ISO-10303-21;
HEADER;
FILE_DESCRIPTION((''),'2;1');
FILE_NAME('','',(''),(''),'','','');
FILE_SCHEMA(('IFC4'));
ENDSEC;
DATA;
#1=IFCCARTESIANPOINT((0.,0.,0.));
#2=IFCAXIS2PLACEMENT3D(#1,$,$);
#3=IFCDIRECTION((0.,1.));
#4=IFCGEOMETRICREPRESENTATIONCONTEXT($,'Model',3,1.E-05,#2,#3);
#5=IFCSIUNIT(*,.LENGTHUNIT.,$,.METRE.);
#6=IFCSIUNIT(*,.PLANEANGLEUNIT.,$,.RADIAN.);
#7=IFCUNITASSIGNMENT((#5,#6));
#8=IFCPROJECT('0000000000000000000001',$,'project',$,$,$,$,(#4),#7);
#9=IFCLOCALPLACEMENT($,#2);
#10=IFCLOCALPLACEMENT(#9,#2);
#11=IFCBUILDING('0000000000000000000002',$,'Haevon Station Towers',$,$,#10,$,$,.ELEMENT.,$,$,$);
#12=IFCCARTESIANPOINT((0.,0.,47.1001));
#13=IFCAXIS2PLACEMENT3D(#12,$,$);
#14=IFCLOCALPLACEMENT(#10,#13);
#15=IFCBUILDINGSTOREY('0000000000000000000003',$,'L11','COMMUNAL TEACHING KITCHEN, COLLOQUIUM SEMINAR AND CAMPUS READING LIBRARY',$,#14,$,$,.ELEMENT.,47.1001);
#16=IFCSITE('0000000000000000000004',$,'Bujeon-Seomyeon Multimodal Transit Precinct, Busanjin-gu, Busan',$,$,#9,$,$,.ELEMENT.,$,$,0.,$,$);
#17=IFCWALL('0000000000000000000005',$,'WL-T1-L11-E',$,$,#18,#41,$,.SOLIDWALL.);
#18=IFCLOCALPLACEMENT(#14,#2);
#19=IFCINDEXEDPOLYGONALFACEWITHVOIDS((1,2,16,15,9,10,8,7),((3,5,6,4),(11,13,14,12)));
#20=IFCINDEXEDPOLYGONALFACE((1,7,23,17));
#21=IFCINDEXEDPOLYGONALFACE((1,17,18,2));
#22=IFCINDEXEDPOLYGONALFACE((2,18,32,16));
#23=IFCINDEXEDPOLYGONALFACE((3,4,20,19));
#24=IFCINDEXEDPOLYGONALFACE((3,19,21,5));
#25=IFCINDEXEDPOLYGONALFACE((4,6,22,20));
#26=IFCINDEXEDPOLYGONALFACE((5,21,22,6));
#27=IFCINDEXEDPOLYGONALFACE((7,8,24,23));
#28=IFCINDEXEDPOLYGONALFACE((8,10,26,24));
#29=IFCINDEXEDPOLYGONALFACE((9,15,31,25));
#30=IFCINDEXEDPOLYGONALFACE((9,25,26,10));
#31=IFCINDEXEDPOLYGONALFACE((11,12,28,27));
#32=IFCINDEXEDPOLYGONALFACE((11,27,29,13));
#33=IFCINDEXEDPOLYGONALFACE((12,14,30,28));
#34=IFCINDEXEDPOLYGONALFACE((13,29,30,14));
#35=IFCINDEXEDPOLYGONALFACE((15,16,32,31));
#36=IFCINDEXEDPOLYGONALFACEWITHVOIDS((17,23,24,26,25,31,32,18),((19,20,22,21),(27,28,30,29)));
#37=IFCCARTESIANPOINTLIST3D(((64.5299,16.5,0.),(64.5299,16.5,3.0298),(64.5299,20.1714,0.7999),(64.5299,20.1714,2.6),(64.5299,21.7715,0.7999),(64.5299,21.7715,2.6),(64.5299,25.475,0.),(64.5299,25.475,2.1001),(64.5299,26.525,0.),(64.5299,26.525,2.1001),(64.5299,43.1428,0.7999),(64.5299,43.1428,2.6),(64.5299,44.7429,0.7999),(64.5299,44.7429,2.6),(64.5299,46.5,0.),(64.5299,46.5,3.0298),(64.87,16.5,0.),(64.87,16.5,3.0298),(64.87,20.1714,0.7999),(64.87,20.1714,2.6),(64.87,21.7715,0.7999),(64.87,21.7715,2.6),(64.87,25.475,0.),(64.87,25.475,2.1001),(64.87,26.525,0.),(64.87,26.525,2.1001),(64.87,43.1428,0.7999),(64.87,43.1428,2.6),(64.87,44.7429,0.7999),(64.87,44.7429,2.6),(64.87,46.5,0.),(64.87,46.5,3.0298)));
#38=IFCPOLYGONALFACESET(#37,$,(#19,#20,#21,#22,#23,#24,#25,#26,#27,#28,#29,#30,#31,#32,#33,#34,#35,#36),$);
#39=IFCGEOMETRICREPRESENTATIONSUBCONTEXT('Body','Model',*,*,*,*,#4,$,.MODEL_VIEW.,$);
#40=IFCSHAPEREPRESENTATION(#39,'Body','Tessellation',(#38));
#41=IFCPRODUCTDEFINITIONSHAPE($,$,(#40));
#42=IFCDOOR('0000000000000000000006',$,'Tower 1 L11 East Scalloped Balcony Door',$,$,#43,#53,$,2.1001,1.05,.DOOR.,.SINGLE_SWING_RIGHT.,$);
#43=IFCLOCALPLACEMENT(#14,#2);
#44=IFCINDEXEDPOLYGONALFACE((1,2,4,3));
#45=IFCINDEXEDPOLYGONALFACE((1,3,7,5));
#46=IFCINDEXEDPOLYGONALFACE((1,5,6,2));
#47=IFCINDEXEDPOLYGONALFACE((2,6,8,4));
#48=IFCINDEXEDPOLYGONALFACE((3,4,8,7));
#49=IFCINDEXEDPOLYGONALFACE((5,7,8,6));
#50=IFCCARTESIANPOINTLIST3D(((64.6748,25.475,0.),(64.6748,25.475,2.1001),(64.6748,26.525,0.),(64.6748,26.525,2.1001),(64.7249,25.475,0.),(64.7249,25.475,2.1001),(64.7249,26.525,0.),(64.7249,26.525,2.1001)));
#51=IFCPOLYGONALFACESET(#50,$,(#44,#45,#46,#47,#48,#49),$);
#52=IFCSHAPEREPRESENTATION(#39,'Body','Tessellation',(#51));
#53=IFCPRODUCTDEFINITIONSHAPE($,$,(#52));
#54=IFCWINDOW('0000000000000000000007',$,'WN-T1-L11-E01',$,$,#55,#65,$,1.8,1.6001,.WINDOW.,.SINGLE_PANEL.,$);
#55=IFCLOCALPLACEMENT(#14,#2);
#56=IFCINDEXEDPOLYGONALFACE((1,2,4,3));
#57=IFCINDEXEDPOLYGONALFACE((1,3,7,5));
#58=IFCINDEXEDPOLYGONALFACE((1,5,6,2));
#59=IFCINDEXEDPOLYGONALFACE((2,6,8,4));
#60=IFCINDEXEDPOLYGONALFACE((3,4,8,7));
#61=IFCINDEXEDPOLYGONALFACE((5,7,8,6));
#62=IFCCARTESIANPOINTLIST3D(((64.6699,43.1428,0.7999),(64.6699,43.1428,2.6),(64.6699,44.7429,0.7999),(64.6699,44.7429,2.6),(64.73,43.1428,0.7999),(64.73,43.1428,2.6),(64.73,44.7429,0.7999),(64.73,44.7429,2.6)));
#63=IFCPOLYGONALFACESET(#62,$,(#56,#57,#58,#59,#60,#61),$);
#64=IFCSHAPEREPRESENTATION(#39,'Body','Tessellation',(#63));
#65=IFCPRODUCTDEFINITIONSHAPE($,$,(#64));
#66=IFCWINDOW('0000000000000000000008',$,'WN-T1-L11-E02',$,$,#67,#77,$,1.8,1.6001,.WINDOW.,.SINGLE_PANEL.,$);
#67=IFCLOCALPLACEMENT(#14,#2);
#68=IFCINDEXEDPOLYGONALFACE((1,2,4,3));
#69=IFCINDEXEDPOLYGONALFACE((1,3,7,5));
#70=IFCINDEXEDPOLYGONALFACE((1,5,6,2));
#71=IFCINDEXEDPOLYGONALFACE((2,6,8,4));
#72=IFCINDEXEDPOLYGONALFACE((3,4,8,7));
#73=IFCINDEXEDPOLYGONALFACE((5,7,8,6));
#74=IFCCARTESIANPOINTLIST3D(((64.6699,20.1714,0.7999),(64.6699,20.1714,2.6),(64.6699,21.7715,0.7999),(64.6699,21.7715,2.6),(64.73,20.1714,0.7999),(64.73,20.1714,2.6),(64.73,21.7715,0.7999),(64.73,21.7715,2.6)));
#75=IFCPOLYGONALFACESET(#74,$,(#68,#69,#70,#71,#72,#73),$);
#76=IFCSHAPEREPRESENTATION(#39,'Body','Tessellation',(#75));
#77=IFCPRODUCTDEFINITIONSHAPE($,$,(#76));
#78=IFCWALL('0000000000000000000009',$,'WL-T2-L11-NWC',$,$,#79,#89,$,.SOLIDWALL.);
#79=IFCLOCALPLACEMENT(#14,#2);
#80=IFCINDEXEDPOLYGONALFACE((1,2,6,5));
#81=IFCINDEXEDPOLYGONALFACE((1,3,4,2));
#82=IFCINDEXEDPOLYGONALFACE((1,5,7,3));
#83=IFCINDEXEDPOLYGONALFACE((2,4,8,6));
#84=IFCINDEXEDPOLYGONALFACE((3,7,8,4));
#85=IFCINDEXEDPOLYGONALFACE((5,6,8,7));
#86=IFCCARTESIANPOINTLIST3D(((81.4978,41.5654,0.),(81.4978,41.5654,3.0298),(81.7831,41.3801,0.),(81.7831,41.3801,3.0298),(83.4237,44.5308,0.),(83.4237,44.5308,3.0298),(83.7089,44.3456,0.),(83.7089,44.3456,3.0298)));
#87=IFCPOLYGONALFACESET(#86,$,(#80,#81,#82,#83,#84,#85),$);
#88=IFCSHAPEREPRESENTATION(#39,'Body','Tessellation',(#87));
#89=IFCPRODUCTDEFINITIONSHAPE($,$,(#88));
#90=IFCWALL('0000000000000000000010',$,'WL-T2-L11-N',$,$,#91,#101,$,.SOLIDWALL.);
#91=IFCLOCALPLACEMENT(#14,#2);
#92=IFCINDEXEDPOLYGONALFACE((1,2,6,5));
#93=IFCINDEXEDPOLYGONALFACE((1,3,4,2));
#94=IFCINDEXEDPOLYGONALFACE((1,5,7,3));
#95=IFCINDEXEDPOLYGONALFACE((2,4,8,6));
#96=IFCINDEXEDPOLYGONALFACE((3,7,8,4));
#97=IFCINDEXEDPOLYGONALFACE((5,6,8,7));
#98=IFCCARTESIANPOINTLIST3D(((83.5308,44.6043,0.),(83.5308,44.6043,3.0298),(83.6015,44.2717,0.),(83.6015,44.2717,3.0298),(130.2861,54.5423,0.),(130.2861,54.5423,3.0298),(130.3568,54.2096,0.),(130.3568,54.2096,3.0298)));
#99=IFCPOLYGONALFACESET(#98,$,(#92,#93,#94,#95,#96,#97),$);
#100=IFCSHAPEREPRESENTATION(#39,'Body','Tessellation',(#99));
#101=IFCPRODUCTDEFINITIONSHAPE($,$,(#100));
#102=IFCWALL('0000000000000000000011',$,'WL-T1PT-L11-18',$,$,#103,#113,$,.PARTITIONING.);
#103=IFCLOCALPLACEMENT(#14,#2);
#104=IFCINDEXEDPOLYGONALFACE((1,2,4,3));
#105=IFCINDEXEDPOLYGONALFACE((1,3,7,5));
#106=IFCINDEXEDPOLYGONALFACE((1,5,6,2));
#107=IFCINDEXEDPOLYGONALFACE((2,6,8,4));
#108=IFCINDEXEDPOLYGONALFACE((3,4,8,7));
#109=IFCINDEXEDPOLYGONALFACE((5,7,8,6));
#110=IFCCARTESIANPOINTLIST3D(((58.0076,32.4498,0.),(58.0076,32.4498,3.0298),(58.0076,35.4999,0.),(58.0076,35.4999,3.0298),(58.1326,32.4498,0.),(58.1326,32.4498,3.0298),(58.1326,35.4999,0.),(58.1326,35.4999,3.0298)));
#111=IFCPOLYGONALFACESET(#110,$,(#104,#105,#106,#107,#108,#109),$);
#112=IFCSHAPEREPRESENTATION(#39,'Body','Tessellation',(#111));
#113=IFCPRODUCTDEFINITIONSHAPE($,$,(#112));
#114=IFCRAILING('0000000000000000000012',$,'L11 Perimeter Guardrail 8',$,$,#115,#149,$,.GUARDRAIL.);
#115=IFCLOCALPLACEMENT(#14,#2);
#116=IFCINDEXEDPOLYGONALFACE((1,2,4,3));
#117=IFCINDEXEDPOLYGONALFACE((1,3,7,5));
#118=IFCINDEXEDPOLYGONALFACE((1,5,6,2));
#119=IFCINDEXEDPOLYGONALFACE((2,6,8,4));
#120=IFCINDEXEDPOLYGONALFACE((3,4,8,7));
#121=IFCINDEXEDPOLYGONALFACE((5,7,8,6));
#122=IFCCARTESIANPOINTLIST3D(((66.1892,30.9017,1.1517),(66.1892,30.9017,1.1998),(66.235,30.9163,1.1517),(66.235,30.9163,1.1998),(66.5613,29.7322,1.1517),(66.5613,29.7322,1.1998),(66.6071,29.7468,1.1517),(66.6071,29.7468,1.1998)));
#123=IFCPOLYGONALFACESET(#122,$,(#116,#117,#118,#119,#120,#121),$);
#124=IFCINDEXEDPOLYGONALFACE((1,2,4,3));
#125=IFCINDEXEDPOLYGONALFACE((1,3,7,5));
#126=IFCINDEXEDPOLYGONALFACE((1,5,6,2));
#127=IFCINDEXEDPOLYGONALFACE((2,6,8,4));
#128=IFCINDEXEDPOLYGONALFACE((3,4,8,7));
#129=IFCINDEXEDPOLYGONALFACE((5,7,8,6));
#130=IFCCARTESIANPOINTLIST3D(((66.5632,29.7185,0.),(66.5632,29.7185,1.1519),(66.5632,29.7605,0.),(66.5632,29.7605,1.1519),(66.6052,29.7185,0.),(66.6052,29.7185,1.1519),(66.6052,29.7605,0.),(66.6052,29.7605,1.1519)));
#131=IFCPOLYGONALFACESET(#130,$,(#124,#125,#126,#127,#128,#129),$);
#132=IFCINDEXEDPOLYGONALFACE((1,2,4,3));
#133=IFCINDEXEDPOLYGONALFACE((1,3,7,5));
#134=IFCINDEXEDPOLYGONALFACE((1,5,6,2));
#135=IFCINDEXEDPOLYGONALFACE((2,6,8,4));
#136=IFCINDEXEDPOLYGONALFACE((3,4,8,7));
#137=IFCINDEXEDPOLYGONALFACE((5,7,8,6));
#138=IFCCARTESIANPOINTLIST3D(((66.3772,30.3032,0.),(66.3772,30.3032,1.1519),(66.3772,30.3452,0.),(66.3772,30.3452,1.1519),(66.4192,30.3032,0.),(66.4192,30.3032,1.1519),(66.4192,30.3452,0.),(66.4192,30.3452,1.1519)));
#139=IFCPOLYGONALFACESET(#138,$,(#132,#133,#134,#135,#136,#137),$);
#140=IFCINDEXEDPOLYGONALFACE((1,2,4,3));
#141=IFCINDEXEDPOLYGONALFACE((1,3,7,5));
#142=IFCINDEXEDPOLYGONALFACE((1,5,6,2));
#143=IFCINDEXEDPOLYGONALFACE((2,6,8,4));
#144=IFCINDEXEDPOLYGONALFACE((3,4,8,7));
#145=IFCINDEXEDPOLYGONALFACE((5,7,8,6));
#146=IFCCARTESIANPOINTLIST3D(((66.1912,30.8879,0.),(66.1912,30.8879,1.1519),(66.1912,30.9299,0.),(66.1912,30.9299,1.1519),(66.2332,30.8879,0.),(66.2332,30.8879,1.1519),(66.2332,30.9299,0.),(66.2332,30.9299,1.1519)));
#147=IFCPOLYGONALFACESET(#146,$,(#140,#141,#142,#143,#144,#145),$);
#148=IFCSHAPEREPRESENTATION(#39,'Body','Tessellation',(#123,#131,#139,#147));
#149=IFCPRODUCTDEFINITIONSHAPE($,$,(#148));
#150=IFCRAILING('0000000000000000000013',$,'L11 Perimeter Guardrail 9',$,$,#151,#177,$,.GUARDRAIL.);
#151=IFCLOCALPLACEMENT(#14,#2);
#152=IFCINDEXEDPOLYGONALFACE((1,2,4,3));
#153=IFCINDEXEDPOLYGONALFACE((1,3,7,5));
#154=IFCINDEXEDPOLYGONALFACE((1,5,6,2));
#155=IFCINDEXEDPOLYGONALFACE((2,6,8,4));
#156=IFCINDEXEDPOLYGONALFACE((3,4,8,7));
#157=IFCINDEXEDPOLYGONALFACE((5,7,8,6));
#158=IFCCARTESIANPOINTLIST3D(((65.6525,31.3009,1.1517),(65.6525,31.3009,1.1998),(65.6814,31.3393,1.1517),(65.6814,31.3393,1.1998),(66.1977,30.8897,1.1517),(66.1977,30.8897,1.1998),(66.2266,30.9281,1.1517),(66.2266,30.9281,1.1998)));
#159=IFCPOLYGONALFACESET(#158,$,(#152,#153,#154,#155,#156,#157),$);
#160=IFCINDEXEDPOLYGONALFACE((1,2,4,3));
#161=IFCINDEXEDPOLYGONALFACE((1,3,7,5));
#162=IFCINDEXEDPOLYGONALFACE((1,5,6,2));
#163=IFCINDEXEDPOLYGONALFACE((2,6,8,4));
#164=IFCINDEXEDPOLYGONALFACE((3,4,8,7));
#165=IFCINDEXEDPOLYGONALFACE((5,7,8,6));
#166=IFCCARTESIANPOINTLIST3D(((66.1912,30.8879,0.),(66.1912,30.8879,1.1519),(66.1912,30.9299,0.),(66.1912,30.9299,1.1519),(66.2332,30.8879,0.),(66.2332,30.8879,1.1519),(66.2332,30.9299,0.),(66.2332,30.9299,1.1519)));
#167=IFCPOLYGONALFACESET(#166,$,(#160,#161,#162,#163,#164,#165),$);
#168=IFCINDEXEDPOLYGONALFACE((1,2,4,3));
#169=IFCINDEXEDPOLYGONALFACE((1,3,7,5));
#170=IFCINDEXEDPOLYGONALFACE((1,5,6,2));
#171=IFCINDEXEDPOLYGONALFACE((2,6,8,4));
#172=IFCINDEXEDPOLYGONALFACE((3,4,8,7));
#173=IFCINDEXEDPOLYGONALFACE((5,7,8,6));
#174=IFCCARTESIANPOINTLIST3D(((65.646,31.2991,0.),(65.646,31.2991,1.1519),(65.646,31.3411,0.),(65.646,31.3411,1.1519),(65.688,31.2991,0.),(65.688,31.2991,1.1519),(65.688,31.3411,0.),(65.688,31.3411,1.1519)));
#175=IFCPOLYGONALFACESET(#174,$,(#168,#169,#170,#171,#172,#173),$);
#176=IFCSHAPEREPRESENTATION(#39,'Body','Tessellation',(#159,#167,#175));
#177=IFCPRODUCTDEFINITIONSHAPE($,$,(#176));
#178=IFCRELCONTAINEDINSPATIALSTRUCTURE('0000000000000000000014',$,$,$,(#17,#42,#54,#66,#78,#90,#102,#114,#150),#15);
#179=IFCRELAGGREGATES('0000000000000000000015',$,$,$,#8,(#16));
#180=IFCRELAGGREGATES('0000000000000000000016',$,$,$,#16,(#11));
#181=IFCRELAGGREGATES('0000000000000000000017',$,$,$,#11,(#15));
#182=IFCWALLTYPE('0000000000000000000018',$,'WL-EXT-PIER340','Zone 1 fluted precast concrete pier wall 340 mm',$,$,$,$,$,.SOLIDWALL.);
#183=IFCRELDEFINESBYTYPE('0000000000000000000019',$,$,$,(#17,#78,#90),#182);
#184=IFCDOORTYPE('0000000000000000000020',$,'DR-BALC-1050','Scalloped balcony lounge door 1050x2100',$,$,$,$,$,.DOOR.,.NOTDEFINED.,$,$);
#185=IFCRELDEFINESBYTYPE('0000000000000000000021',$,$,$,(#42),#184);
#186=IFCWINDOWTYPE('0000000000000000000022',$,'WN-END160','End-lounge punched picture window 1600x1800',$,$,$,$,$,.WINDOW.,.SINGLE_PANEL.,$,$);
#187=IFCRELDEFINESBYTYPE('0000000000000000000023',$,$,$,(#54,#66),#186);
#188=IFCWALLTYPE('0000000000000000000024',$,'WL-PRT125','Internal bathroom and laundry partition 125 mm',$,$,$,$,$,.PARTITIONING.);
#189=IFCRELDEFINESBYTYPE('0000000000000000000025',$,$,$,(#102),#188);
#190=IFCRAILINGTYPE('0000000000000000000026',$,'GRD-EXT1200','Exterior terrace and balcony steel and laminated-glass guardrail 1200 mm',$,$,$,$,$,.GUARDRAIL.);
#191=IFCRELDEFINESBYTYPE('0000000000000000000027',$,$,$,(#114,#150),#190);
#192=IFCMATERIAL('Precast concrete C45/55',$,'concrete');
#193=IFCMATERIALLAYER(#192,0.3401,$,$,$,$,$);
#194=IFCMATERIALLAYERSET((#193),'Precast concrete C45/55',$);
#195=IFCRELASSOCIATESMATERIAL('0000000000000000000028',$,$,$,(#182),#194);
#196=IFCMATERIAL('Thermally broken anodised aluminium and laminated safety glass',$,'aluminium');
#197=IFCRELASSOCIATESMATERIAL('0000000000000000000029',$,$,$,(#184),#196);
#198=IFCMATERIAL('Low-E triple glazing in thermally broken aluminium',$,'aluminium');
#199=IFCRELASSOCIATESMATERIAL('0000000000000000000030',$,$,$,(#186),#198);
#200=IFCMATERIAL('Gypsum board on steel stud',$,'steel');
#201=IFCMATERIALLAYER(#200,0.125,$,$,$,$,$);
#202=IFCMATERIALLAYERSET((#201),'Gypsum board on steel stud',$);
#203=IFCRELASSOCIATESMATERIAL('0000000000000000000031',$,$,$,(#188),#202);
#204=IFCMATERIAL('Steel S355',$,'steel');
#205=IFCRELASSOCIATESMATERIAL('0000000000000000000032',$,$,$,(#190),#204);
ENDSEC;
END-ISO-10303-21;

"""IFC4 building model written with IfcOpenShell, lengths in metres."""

from ifc_helpers import new_model, si_unit, direction, frame, frame_2d, origin, origin_2d, place, context, subcontext, project, spatial, rectangle, extrude, material, layer, layer_set, type_object, element, fill, save


model = new_model("IFC4")

# Units and contexts
model_context = context("Model", 3, precision=1e-05, world=origin(), true_north=direction((0.0, 1.0)))
body_context = subcontext(model_context, "Body", "Model", "MODEL_VIEW")
ifc_project = project(units=[si_unit("LENGTHUNIT", "METRE"), si_unit("PLANEANGLEUNIT", "RADIAN")], contexts=[model_context])

# Site, building, storey
site_placement = place(None, origin())
site = spatial("IfcSite", under=ifc_project, at=site_placement, Name="Bujeon-Seomyeon Multimodal Transit Precinct, Busanjin-gu, Busan", CompositionType="ELEMENT", RefElevation=0.0)
building_placement = place(site_placement, origin())
building = spatial("IfcBuilding", under=site, at=building_placement, Name="Haevon Station Towers", CompositionType="ELEMENT")
storey_placement = place(building_placement, frame((0.0, 0.0, 47.1001)))
storey = spatial("IfcBuildingStorey", under=building, at=storey_placement, Name="L11", Description="COMMUNAL TEACHING KITCHEN, COLLOQUIUM SEMINAR AND CAMPUS READING LIBRARY", CompositionType="ELEMENT", Elevation=47.1001)

# Shared definitions
ifc_material_1 = material(Name="Steel S355", Category="steel")

# Shared definitions
ifc_material_2 = material(Name="Precast concrete C45/55", Category="concrete")
ifc_layer_1 = layer(ifc_material_2, 0.3401)
ifc_layer_set_1 = layer_set([ifc_layer_1], Name="Precast concrete C45/55")
wall_type_1 = type_object("IfcWallType", Name="WL-EXT-PIER340", Description="Zone 1 fluted precast concrete pier wall 340 mm", PredefinedType="SOLIDWALL", material=ifc_layer_set_1)

# Wall, openings, door, windows
wall_1_placement = place(storey_placement, frame((64.7, 46.5, 0.0), z_axis=(0.0, 0.0, 1.0), x_axis=(0.0, -1.0, 0.0)))
wall_1 = element("IfcWall", 1, at=wall_1_placement, inside=storey, type_object=wall_type_1, Name="WL-T1-L11-E", PredefinedType="SOLIDWALL", context=body_context, shape_type="SweptSolid", body=[
    extrude(rectangle(XDim=30.0, YDim=0.3401, at=frame_2d((15.0, 0.0))), origin(), (0.0, 0.0, 1.0), 3.0298),
])
opening_1_placement = place(wall_1_placement, frame((19.9751, 0.0, 0.0)))
opening_1 = element("IfcOpeningElement", 2, at=opening_1_placement, cuts=wall_1, PredefinedType="OPENING", context=body_context, shape_type="SweptSolid", body=[
    extrude(rectangle(XDim=1.05, YDim=2.1001, at=frame_2d((0.5249, 1.05))), frame((0.0, 0.1799, 0.0), z_axis=(0.0, -1.0, 0.0), x_axis=(1.0, 0.0, 0.0)), (0.0, 0.0, 1.0), 0.3601),
])
opening_2_placement = place(wall_1_placement, frame((1.7571, 0.0, 0.8)))
opening_2 = element("IfcOpeningElement", 3, at=opening_2_placement, cuts=wall_1, PredefinedType="OPENING", context=body_context, shape_type="SweptSolid", body=[
    extrude(rectangle(XDim=1.6001, YDim=1.8, at=frame_2d((0.8, 0.8999))), frame((0.0, 0.1799, 0.0), z_axis=(0.0, -1.0, 0.0), x_axis=(1.0, 0.0, 0.0)), (0.0, 0.0, 1.0), 0.3601),
])
opening_3_placement = place(wall_1_placement, frame((24.7285, 0.0, 0.8)))
opening_3 = element("IfcOpeningElement", 4, at=opening_3_placement, cuts=wall_1, PredefinedType="OPENING", context=body_context, shape_type="SweptSolid", body=[
    extrude(rectangle(XDim=1.6001, YDim=1.8, at=frame_2d((0.8, 0.8999))), frame((0.0, 0.1799, 0.0), z_axis=(0.0, -1.0, 0.0), x_axis=(1.0, 0.0, 0.0)), (0.0, 0.0, 1.0), 0.3601),
])
ifc_material_3 = material(Name="Thermally broken anodised aluminium and laminated safety glass", Category="aluminium")
door_type = type_object("IfcDoorType", Name="DR-BALC-1050", Description="Scalloped balcony lounge door 1050x2100", OperationType="NOTDEFINED", PredefinedType="DOOR", material=ifc_material_3)
door_placement = place(opening_1_placement, origin())
door = element("IfcDoor", 5, at=door_placement, inside=storey, type_object=door_type, Name="Tower 1 L11 East Scalloped Balcony Door", OperationType="SINGLE_SWING_RIGHT", OverallHeight=2.1001, OverallWidth=1.05, PredefinedType="DOOR", context=body_context, shape_type="SweptSolid", body=[
    extrude(rectangle(XDim=1.05, YDim=2.1001, at=frame_2d((0.5249, 1.05))), frame((0.0, 0.0249, 0.0), z_axis=(0.0, -1.0, 0.0), x_axis=(1.0, 0.0, 0.0)), (0.0, 0.0, 1.0), 0.05),
])
fill(opening_1, door)
ifc_material_4 = material(Name="Low-E triple glazing in thermally broken aluminium", Category="aluminium")
window_type = type_object("IfcWindowType", Name="WN-END160", Description="End-lounge punched picture window 1600x1800", PartitioningType="SINGLE_PANEL", PredefinedType="WINDOW", material=ifc_material_4)
window_1_placement = place(opening_2_placement, origin())
window_1 = element("IfcWindow", 6, at=window_1_placement, inside=storey, type_object=window_type, Name="WN-T1-L11-E01", OverallHeight=1.8, OverallWidth=1.6001, PartitioningType="SINGLE_PANEL", PredefinedType="WINDOW", context=body_context, shape_type="SweptSolid", body=[
    extrude(rectangle(XDim=1.6001, YDim=1.8, at=frame_2d((0.8, 0.8999))), frame((0.0, 0.03, 0.0), z_axis=(0.0, -1.0, 0.0), x_axis=(1.0, 0.0, 0.0)), (0.0, 0.0, 1.0), 0.0601),
])
fill(opening_2, window_1)
window_2_placement = place(opening_3_placement, origin())
window_2 = element("IfcWindow", 7, at=window_2_placement, inside=storey, type_object=window_type, Name="WN-T1-L11-E02", OverallHeight=1.8, OverallWidth=1.6001, PartitioningType="SINGLE_PANEL", PredefinedType="WINDOW", context=body_context, shape_type="SweptSolid", body=[
    extrude(rectangle(XDim=1.6001, YDim=1.8, at=frame_2d((0.8, 0.8999))), frame((0.0, 0.03, 0.0), z_axis=(0.0, -1.0, 0.0), x_axis=(1.0, 0.0, 0.0)), (0.0, 0.0, 1.0), 0.0601),
])
fill(opening_3, window_2)

# Walls
wall_2_placement = place(storey_placement, frame((81.6404, 41.4727, 0.0), z_axis=(0.0, 0.0, 1.0), x_axis=(0.544653, 0.838661, 0.0)))
element("IfcWall", 8, at=wall_2_placement, inside=storey, type_object=wall_type_1, Name="WL-T2-L11-NWC", PredefinedType="SOLIDWALL", context=body_context, shape_type="SweptSolid", body=[
    extrude(rectangle(XDim=3.5359, YDim=0.3401, at=frame_2d((1.7681, 0.0))), origin(), (0.0, 0.0, 1.0), 3.0298),
])
wall_3_placement = place(storey_placement, frame((83.5662, 44.438, 0.0), z_axis=(0.0, 0.0, 1.0), x_axis=(0.978148, 0.207908, 0.0)))
element("IfcWall", 9, at=wall_3_placement, inside=storey, type_object=wall_type_1, Name="WL-T2-L11-N", PredefinedType="SOLIDWALL", context=body_context, shape_type="SweptSolid", body=[
    extrude(rectangle(XDim=47.7998, YDim=0.3401, at=frame_2d((23.8999, 0.0))), origin(), (0.0, 0.0, 1.0), 3.0298),
])
ifc_material_5 = material(Name="Gypsum board on steel stud", Category="steel")
ifc_layer_2 = layer(ifc_material_5, 0.125)
ifc_layer_set_2 = layer_set([ifc_layer_2], Name="Gypsum board on steel stud")
wall_type_2 = type_object("IfcWallType", Name="WL-PRT125", Description="Internal bathroom and laundry partition 125 mm", PredefinedType="PARTITIONING", material=ifc_layer_set_2)
wall_4_placement = place(storey_placement, frame((58.0701, 32.45, 0.0), z_axis=(0.0, 0.0, 1.0), x_axis=(0.0, 1.0, 0.0)))
element("IfcWall", 10, at=wall_4_placement, inside=storey, type_object=wall_type_2, Name="WL-T1PT-L11-18", PredefinedType="PARTITIONING", context=body_context, shape_type="SweptSolid", body=[
    extrude(rectangle(XDim=3.05, YDim=0.125, at=frame_2d((1.5249, 0.0))), origin(), (0.0, 0.0, 1.0), 3.0298),
])

# Railings
railing_type = type_object("IfcRailingType", Name="GRD-EXT1200", Description="Exterior terrace and balcony steel and laminated-glass guardrail 1200 mm", PredefinedType="GUARDRAIL", material=ifc_material_1)
railing_1_placement = place(storey_placement, frame((66.5842, 29.7395, 0.0)))
element("IfcRailing", 11, at=railing_1_placement, inside=storey, type_object=railing_type, Name="L11 Perimeter Guardrail 8", PredefinedType="GUARDRAIL", context=body_context, shape_type="SweptSolid", body=[
    extrude(rectangle(XDim=0.0481, YDim=0.0481, at=origin_2d()), frame((0.0, 0.0, 1.1758), z_axis=(-0.303187, 0.952931, 0.0), x_axis=(-0.952931, -0.303187, 0.0)), (0.0, 0.0, 1.0), 1.2273),
    extrude(rectangle(XDim=0.042, YDim=0.042, at=origin_2d()), origin(), (0.0, 0.0, 1.0), 1.1519),
    extrude(rectangle(XDim=0.042, YDim=0.042, at=origin_2d()), frame((-0.186, 0.5847, 0.0)), (0.0, 0.0, 1.0), 1.1519),
    extrude(rectangle(XDim=0.042, YDim=0.042, at=origin_2d()), frame((-0.3721, 1.1694, 0.0)), (0.0, 0.0, 1.0), 1.1519),
])
railing_2_placement = place(storey_placement, frame((66.2122, 30.9089, 0.0)))
element("IfcRailing", 12, at=railing_2_placement, inside=storey, type_object=railing_type, Name="L11 Perimeter Guardrail 9", PredefinedType="GUARDRAIL", context=body_context, shape_type="SweptSolid", body=[
    extrude(rectangle(XDim=0.0481, YDim=0.0481, at=origin_2d()), frame((0.0, 0.0, 1.1758), z_axis=(-0.79841, 0.602115, 0.0), x_axis=(-0.602115, -0.79841, 0.0)), (0.0, 0.0, 1.0), 0.6829),
    extrude(rectangle(XDim=0.042, YDim=0.042, at=origin_2d()), origin(), (0.0, 0.0, 1.0), 1.1519),
    extrude(rectangle(XDim=0.042, YDim=0.042, at=origin_2d()), frame((-0.5452, 0.4111, 0.0)), (0.0, 0.0, 1.0), 1.1519),
])

save(model, "model.ifc")
